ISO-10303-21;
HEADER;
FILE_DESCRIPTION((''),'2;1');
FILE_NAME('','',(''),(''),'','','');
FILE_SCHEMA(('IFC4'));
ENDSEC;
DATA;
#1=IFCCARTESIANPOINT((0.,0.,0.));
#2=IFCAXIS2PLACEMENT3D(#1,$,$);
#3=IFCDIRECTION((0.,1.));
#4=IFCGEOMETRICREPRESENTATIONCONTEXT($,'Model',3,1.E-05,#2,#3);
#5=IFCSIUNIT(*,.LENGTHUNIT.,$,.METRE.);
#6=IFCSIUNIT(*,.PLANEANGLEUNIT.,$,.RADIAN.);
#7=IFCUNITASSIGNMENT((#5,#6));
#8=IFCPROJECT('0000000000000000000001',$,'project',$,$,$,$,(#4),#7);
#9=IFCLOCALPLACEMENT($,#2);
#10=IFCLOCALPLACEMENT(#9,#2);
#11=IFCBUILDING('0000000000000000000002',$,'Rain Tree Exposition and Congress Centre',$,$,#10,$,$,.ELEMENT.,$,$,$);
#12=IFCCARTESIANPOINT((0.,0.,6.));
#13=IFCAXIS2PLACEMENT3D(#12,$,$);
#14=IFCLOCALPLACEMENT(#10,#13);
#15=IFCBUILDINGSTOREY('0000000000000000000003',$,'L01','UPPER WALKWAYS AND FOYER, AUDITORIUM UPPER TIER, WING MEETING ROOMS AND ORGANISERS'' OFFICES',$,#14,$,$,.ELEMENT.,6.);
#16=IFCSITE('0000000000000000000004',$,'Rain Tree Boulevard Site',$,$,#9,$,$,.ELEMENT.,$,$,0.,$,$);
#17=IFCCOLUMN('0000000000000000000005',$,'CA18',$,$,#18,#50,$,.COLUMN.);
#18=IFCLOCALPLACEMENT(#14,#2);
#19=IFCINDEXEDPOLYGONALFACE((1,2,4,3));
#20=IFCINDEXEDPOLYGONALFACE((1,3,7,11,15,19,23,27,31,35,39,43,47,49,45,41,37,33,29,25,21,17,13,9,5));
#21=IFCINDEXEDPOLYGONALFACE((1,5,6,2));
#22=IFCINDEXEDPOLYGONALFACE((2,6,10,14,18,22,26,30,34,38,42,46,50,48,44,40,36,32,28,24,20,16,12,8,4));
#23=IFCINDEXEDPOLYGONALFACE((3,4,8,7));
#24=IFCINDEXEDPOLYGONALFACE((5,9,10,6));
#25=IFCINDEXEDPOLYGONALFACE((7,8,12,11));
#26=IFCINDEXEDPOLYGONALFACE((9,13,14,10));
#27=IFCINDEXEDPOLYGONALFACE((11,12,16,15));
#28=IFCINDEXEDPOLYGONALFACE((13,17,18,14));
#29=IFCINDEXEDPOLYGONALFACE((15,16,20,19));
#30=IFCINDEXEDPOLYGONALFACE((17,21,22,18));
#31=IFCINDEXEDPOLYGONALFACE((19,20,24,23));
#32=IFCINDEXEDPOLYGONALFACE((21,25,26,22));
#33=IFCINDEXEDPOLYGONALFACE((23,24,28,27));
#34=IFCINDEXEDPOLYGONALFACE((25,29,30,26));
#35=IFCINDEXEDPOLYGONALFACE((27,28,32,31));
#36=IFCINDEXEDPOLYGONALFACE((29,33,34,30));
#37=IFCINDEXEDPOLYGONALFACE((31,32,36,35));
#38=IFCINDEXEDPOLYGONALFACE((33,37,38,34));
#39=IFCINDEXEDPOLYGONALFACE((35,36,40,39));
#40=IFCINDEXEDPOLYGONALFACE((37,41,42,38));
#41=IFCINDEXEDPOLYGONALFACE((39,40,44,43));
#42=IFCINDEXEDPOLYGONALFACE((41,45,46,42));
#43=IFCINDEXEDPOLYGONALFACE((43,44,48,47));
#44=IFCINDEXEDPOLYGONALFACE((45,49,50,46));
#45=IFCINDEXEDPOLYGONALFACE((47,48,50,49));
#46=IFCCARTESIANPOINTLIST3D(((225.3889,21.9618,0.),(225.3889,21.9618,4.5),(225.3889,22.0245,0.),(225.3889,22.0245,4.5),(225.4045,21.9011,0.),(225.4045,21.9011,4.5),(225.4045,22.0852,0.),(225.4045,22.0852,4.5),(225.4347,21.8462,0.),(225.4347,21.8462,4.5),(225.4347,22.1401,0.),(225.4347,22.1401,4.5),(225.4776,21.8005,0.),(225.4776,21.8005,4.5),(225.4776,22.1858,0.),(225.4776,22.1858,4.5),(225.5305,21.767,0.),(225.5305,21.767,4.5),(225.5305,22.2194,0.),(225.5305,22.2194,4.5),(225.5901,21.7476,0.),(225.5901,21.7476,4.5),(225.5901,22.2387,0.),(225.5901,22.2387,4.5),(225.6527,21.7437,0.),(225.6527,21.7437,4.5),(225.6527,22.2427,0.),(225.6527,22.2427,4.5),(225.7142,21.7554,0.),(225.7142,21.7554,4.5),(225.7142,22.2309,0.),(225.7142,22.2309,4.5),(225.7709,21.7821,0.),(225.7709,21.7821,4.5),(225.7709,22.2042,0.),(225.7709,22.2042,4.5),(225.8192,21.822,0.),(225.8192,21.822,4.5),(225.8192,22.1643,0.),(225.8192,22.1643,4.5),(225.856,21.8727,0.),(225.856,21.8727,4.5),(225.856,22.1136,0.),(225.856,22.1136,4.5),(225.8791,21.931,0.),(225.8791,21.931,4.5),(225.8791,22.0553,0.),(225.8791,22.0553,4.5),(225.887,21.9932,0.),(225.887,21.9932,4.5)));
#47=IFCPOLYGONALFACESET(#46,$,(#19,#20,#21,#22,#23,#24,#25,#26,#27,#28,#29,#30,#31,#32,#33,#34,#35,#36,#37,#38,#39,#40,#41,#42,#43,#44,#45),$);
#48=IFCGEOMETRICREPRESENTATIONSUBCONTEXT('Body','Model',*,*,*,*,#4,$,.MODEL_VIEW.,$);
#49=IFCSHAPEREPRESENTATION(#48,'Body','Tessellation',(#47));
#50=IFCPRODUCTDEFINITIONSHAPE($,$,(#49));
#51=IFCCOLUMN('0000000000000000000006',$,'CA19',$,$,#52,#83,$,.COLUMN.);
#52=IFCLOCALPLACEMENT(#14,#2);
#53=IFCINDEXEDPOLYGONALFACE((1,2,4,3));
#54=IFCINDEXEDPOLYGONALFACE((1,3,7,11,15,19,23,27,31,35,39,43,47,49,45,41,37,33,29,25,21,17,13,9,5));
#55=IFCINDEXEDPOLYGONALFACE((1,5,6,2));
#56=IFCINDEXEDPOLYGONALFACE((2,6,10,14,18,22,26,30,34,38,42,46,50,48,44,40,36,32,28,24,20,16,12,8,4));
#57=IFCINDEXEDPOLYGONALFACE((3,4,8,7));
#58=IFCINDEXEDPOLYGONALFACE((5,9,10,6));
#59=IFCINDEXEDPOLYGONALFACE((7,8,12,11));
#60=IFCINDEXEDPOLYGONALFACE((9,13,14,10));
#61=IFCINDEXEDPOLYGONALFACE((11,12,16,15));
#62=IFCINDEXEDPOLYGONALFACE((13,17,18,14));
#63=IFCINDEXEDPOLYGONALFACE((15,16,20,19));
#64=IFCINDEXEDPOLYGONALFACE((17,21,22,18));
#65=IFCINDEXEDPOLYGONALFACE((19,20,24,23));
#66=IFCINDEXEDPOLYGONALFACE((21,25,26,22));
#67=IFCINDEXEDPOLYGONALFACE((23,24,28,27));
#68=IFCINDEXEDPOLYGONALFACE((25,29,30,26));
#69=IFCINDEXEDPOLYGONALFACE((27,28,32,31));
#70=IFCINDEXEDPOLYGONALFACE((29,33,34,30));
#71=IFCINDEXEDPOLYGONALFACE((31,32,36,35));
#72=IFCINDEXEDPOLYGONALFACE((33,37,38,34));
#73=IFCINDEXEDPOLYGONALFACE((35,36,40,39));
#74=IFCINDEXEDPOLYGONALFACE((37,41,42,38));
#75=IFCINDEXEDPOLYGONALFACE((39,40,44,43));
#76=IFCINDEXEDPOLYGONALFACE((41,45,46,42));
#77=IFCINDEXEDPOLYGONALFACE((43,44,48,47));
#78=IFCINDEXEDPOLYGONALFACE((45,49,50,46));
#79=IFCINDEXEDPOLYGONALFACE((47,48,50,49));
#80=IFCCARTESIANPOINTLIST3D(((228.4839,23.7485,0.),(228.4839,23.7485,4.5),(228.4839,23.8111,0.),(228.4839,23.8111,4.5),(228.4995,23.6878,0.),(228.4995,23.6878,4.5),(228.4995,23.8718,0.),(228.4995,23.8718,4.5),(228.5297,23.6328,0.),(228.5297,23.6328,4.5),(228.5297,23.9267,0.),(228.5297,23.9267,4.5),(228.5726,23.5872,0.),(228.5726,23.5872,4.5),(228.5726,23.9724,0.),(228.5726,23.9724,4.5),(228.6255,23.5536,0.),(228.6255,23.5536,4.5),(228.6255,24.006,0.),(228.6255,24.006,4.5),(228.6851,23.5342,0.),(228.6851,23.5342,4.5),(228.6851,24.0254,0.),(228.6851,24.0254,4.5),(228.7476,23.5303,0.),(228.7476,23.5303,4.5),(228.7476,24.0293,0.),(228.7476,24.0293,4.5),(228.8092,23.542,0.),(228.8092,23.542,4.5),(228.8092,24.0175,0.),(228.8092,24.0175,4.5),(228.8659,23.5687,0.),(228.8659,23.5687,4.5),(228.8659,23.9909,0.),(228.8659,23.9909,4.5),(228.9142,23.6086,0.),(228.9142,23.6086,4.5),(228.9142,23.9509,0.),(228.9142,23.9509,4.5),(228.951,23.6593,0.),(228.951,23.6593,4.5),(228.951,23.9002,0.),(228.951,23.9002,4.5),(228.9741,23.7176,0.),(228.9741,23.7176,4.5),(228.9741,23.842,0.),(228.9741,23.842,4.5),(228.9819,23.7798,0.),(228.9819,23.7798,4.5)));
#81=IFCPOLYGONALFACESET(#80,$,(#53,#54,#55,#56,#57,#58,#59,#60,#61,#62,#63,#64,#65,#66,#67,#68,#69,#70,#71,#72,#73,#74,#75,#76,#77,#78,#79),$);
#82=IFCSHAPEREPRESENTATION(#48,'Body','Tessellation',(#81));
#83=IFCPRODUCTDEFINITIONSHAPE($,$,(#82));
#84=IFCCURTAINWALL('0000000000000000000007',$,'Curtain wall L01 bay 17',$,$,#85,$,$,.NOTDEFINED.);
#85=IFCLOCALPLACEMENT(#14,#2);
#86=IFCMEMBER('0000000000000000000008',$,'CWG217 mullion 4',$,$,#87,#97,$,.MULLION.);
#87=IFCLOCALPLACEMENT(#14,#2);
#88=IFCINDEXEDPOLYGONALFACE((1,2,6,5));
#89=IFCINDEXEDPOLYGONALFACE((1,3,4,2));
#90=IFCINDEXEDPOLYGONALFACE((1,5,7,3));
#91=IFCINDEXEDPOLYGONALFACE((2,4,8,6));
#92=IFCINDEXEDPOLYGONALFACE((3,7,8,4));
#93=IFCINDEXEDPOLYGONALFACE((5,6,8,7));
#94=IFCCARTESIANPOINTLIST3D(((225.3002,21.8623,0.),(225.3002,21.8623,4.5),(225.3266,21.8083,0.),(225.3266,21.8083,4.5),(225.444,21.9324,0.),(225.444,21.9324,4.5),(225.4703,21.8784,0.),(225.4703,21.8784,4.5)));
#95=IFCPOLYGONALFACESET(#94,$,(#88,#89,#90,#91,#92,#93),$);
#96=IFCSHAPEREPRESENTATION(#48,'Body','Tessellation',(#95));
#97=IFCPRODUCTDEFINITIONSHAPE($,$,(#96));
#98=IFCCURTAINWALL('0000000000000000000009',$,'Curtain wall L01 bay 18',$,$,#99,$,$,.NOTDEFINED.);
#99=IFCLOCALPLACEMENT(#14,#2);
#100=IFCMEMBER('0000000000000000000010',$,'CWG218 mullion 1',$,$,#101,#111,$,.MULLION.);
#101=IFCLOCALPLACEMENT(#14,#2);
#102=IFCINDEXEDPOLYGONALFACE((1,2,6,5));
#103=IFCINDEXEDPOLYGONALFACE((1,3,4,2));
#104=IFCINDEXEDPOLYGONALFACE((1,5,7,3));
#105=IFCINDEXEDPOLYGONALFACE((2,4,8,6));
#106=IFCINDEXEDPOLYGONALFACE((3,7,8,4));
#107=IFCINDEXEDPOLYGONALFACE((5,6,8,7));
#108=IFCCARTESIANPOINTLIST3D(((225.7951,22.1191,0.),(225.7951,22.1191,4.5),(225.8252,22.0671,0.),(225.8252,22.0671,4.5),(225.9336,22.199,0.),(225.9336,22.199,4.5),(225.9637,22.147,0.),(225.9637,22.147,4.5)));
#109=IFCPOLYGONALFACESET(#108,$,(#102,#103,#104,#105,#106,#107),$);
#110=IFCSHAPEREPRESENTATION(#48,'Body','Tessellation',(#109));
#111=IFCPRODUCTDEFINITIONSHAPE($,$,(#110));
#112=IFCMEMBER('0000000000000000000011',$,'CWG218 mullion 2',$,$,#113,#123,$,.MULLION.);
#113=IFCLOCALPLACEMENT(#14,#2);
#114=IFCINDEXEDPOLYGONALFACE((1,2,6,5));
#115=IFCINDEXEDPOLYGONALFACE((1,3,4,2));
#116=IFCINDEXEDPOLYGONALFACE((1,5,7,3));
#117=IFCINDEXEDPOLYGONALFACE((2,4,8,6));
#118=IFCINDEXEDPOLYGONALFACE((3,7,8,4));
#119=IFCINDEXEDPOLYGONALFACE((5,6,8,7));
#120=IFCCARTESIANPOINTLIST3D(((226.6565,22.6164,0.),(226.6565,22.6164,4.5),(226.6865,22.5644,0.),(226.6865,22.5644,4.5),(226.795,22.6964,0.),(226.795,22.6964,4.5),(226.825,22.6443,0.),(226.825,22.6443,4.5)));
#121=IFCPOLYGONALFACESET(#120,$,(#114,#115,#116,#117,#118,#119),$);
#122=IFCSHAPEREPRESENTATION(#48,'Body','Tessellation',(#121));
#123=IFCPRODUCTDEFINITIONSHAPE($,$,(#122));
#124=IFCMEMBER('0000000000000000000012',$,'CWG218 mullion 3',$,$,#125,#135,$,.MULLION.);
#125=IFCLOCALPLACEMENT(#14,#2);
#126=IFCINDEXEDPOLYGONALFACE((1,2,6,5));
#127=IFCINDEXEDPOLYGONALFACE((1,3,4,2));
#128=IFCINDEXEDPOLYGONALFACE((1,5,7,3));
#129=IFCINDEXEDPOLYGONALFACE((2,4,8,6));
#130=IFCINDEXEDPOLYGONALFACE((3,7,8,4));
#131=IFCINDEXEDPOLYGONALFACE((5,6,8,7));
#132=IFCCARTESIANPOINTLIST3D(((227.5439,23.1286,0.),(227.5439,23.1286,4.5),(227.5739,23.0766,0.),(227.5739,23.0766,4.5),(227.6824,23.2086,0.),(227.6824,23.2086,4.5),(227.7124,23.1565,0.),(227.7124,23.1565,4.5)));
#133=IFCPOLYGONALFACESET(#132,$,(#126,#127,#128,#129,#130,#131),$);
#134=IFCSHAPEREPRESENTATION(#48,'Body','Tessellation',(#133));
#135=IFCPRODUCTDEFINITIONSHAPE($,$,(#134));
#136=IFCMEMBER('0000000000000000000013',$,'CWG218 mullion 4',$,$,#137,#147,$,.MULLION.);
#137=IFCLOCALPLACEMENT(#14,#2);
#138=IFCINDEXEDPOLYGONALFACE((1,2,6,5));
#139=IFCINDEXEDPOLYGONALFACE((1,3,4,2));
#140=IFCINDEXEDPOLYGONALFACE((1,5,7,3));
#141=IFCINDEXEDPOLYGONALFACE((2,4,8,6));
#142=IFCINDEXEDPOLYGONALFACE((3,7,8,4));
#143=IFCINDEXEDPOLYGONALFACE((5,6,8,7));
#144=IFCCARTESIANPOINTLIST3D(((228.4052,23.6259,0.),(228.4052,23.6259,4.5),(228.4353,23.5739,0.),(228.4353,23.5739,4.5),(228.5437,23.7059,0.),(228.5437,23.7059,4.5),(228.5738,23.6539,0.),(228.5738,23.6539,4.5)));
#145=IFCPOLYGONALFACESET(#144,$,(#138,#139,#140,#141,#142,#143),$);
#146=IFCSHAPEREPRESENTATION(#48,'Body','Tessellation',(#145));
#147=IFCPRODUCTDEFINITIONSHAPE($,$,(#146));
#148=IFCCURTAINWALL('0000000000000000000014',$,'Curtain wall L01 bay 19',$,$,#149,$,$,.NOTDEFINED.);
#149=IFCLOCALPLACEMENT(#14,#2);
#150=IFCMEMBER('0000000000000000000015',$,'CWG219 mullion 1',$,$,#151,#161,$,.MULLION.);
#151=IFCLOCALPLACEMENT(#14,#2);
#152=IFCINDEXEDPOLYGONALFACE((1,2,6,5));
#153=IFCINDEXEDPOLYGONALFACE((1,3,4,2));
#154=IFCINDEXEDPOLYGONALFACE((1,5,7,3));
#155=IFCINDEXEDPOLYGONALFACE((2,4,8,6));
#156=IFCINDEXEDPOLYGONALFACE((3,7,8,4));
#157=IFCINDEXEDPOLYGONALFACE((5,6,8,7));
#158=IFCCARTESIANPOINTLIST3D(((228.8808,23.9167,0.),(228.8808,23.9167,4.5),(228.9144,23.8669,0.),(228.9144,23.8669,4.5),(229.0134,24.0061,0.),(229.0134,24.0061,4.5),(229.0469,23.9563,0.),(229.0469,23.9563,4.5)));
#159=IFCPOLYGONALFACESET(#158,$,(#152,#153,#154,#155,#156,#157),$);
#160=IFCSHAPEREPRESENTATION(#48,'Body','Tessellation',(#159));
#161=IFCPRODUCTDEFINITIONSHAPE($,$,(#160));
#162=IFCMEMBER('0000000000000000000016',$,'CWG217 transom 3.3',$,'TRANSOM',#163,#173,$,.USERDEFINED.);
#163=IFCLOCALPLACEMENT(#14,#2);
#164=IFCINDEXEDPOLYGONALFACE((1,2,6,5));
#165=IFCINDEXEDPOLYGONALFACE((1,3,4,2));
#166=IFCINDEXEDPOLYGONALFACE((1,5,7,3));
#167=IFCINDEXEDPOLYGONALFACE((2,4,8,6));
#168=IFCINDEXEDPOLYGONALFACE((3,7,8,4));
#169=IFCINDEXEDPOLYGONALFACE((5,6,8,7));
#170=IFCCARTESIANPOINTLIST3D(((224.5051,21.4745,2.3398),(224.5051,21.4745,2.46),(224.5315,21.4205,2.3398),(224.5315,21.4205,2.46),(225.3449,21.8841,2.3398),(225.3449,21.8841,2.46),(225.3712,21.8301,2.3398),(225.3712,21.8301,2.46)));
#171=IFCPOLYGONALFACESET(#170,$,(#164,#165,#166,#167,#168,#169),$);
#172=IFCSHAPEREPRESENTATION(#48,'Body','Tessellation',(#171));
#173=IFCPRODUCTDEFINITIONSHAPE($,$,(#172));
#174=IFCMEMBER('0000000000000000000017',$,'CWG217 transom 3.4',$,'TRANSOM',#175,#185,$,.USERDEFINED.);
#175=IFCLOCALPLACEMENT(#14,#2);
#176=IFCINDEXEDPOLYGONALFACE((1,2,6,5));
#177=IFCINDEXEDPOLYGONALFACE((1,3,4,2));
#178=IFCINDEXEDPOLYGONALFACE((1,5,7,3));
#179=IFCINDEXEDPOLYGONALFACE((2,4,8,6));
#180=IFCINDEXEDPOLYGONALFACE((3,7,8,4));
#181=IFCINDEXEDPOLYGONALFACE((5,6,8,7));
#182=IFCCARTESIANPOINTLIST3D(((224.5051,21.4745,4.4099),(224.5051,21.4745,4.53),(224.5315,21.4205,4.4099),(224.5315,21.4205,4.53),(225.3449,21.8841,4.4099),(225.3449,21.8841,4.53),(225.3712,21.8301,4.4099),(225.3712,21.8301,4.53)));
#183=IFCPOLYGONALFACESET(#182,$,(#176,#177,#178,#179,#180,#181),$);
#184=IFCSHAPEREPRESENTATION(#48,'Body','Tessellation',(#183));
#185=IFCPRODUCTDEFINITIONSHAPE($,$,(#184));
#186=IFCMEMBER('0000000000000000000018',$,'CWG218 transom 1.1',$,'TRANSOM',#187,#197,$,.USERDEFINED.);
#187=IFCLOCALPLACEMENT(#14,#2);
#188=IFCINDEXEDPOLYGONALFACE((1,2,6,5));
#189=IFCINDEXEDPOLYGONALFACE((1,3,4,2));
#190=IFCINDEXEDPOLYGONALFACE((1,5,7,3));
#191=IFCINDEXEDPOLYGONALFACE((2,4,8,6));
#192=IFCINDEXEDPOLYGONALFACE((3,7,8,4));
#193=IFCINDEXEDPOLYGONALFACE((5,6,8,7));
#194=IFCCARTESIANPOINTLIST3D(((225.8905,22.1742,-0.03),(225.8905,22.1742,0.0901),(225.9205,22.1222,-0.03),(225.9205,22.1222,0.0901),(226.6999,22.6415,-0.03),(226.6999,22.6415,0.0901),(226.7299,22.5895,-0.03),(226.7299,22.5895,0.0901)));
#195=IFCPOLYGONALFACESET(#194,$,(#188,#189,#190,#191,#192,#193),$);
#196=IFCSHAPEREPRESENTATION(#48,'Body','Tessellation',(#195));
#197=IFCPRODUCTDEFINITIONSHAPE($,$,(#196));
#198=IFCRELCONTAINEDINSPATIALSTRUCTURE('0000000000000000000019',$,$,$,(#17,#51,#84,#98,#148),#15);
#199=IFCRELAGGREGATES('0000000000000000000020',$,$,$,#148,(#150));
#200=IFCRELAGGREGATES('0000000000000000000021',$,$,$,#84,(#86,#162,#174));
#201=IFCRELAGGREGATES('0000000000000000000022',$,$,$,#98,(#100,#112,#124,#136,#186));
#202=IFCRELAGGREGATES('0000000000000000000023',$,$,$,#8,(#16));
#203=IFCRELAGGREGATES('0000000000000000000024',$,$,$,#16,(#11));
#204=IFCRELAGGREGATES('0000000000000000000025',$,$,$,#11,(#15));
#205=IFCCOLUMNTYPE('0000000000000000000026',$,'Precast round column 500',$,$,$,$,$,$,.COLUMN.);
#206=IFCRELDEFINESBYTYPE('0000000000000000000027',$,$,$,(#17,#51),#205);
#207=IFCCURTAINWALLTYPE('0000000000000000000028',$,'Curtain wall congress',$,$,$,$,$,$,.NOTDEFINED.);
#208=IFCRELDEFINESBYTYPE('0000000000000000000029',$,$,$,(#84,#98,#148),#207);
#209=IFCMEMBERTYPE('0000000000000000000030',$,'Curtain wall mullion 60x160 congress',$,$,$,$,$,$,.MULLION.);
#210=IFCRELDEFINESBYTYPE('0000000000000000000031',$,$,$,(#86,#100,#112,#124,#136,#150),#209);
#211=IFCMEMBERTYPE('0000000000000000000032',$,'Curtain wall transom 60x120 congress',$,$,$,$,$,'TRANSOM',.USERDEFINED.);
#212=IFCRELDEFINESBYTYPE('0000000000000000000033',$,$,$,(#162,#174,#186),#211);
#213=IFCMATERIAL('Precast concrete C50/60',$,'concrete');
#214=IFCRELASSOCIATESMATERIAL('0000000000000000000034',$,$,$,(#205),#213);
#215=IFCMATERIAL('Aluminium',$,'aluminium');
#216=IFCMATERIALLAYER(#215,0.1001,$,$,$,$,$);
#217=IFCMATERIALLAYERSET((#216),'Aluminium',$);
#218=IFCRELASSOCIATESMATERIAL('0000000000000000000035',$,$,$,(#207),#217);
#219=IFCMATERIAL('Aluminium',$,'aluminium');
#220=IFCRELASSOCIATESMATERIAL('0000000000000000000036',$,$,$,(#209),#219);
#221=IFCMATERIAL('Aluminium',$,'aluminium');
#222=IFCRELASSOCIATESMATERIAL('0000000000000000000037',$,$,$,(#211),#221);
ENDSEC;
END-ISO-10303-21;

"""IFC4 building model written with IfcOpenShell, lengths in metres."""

from ifc_helpers import new_model, si_unit, direction, frame, origin, origin_2d, place, context, subcontext, project, spatial, rectangle, circle, extrude, material, layer, layer_set, material_profile, profile_set, type_object, element, aggregate, save


model = new_model("IFC4")

# Units and contexts
model_context = context("Model", 3, precision=1e-05, world=origin(), true_north=direction((0.0, 1.0)))
body_context = subcontext(model_context, "Body", "Model", "MODEL_VIEW")
ifc_project = project(units=[si_unit("LENGTHUNIT", "METRE"), si_unit("PLANEANGLEUNIT", "RADIAN")], contexts=[model_context])

# Site, building, storey
site_placement = place(None, origin())
site = spatial("IfcSite", under=ifc_project, at=site_placement, Name="Rain Tree Boulevard Site", CompositionType="ELEMENT", RefElevation=0.0)
building_placement = place(site_placement, origin())
building = spatial("IfcBuilding", under=site, at=building_placement, Name="Rain Tree Exposition and Congress Centre", CompositionType="ELEMENT")
storey_placement = place(building_placement, frame((0.0, 0.0, 6.0)))
storey = spatial("IfcBuildingStorey", under=building, at=storey_placement, Name="L01", Description="UPPER WALKWAYS AND FOYER, AUDITORIUM UPPER TIER, WING MEETING ROOMS AND ORGANISERS' OFFICES", CompositionType="ELEMENT", Elevation=6.0)

# Columns
ifc_material_1 = material(Name="Precast concrete C50/60", Category="concrete")
ifc_material_profile_1 = material_profile(ifc_material_1, circle(Radius=0.25, at=origin_2d()), Name="RC D500")
ifc_profile_set_1 = profile_set([ifc_material_profile_1], Name="Precast concrete C50/60")
column_type = type_object("IfcColumnType", Name="Precast round column 500", PredefinedType="COLUMN", material=ifc_profile_set_1)
for number, where, z_axis, x_axis, name in (
    (1, (225.637, 21.9932, 0.0), (0.0, 0.0, 1.0), (1.0, 0.0, 0.0), "CA18"),
    (2, (228.7319, 23.7798, 0.0), (0.0, 0.0, 1.0), (1.0, 0.0, 0.0), "CA19"),
):
    element("IfcColumn", number, at=place(storey_placement, frame(where, z_axis=z_axis, x_axis=x_axis)), inside=storey, type_object=column_type, Name=name, PredefinedType="COLUMN", context=body_context, shape_type="SweptSolid", body=[
        extrude(circle(Radius=0.25, at=origin_2d()), origin(), (0.0, 0.0, 1.0), 4.5),
    ])

# Curtain wall, member
ifc_material_2 = material(Name="Aluminium", Category="aluminium")
ifc_layer_1 = layer(ifc_material_2, 0.1001)
ifc_layer_set_1 = layer_set([ifc_layer_1], Name="Aluminium")
curtain_wall_type = type_object("IfcCurtainWallType", Name="Curtain wall congress", PredefinedType="NOTDEFINED", material=ifc_layer_set_1)
curtain_wall_1_placement = place(storey_placement, origin())
curtain_wall_1 = element("IfcCurtainWall", 3, at=curtain_wall_1_placement, inside=storey, type_object=curtain_wall_type, Name="Curtain wall L01 bay 17", PredefinedType="NOTDEFINED")
ifc_material_3 = material(Name="Aluminium", Category="aluminium")
ifc_material_profile_2 = material_profile(ifc_material_3, rectangle(XDim=0.0601, YDim=0.1599, at=origin_2d()), Name="AL 60x160")
ifc_profile_set_2 = profile_set([ifc_material_profile_2], Name="Aluminium")
member_type_1 = type_object("IfcMemberType", Name="Curtain wall mullion 60x160 congress", PredefinedType="MULLION", material=ifc_profile_set_2)
member_1_placement = place(storey_placement, frame((225.3853, 21.8704, 0.0), z_axis=(0.0, 0.0, 1.0), x_axis=(-0.438369, 0.898795, 0.0)))
member_1 = element("IfcMember", 4, at=member_1_placement, type_object=member_type_1, Name="CWG217 mullion 4", PredefinedType="MULLION", context=body_context, shape_type="SweptSolid", body=[
    extrude(rectangle(XDim=0.0601, YDim=0.1599, at=origin_2d()), origin(), (0.0, 0.0, 1.0), 4.5),
])

# Curtain wall, members
curtain_wall_2_placement = place(storey_placement, origin())
curtain_wall_2 = element("IfcCurtainWall", 5, at=curtain_wall_2_placement, inside=storey, type_object=curtain_wall_type, Name="Curtain wall L01 bay 18", PredefinedType="NOTDEFINED")
member_2_placement = place(storey_placement, frame((225.8794, 22.1331, 0.0), z_axis=(0.0, 0.0, 1.0), x_axis=(-0.499988, 0.866032, 0.0)))
member_2 = element("IfcMember", 6, at=member_2_placement, type_object=member_type_1, Name="CWG218 mullion 1", PredefinedType="MULLION", context=body_context, shape_type="SweptSolid", body=[
    extrude(rectangle(XDim=0.0601, YDim=0.1599, at=origin_2d()), origin(), (0.0, 0.0, 1.0), 4.5),
])
member_3_placement = place(storey_placement, frame((226.7407, 22.6304, 0.0), z_axis=(0.0, 0.0, 1.0), x_axis=(-0.499988, 0.866032, 0.0)))
member_3 = element("IfcMember", 7, at=member_3_placement, type_object=member_type_1, Name="CWG218 mullion 2", PredefinedType="MULLION", context=body_context, shape_type="SweptSolid", body=[
    extrude(rectangle(XDim=0.0601, YDim=0.1599, at=origin_2d()), origin(), (0.0, 0.0, 1.0), 4.5),
])
member_4_placement = place(storey_placement, frame((227.6282, 23.1426, 0.0), z_axis=(0.0, 0.0, 1.0), x_axis=(-0.499988, 0.866032, 0.0)))
member_4 = element("IfcMember", 8, at=member_4_placement, type_object=member_type_1, Name="CWG218 mullion 3", PredefinedType="MULLION", context=body_context, shape_type="SweptSolid", body=[
    extrude(rectangle(XDim=0.0601, YDim=0.1599, at=origin_2d()), origin(), (0.0, 0.0, 1.0), 4.5),
])
member_5_placement = place(storey_placement, frame((228.4895, 23.6399, 0.0), z_axis=(0.0, 0.0, 1.0), x_axis=(-0.499988, 0.866032, 0.0)))
member_5 = element("IfcMember", 9, at=member_5_placement, type_object=member_type_1, Name="CWG218 mullion 4", PredefinedType="MULLION", context=body_context, shape_type="SweptSolid", body=[
    extrude(rectangle(XDim=0.0601, YDim=0.1599, at=origin_2d()), origin(), (0.0, 0.0, 1.0), 4.5),
])

# Curtain wall, member
curtain_wall_3_placement = place(storey_placement, origin())
curtain_wall_3 = element("IfcCurtainWall", 10, at=curtain_wall_3_placement, inside=storey, type_object=curtain_wall_type, Name="Curtain wall L01 bay 19", PredefinedType="NOTDEFINED")
member_6_placement = place(storey_placement, frame((228.9639, 23.9365, 0.0), z_axis=(0.0, 0.0, 1.0), x_axis=(-0.559197, 0.829035, 0.0)))
member_6 = element("IfcMember", 11, at=member_6_placement, type_object=member_type_1, Name="CWG219 mullion 1", PredefinedType="MULLION", context=body_context, shape_type="SweptSolid", body=[
    extrude(rectangle(XDim=0.0601, YDim=0.1599, at=origin_2d()), origin(), (0.0, 0.0, 1.0), 4.5),
])

# Members
ifc_material_4 = material(Name="Aluminium", Category="aluminium")
ifc_material_profile_3 = material_profile(ifc_material_4, rectangle(XDim=0.0601, YDim=0.1201, at=origin_2d()), Name="AL 60x120")
ifc_profile_set_3 = profile_set([ifc_material_profile_3], Name="Aluminium")
member_type_2 = type_object("IfcMemberType", Name="Curtain wall transom 60x120 congress", ElementType="TRANSOM", PredefinedType="USERDEFINED", material=ifc_profile_set_3)
member_7_placement = place(storey_placement, frame((224.5183, 21.4475, 2.3999), z_axis=(0.898773, 0.438413, 0.0), x_axis=(-0.438413, 0.898773, 0.0)))
member_7 = element("IfcMember", 12, at=member_7_placement, type_object=member_type_2, Name="CWG217 transom 3.3", ObjectType="TRANSOM", PredefinedType="USERDEFINED", context=body_context, shape_type="SweptSolid", body=[
    extrude(rectangle(XDim=0.0601, YDim=0.1201, at=origin_2d()), origin(), (0.0, 0.0, 1.0), 0.9343),
])
member_8_placement = place(storey_placement, frame((224.5183, 21.4475, 4.47), z_axis=(0.898773, 0.438413, 0.0), x_axis=(-0.438413, 0.898773, 0.0)))
member_8 = element("IfcMember", 13, at=member_8_placement, type_object=member_type_2, Name="CWG217 transom 3.4", ObjectType="TRANSOM", PredefinedType="USERDEFINED", context=body_context, shape_type="SweptSolid", body=[
    extrude(rectangle(XDim=0.0601, YDim=0.1201, at=origin_2d()), origin(), (0.0, 0.0, 1.0), 0.9343),
])
member_9_placement = place(storey_placement, frame((225.9055, 22.1482, 0.03), z_axis=(0.866016, 0.500016, 0.0), x_axis=(-0.500016, 0.866016, 0.0)))
member_9 = element("IfcMember", 14, at=member_9_placement, type_object=member_type_2, Name="CWG218 transom 1.1", ObjectType="TRANSOM", PredefinedType="USERDEFINED", context=body_context, shape_type="SweptSolid", body=[
    extrude(rectangle(XDim=0.0601, YDim=0.1201, at=origin_2d()), origin(), (0.0, 0.0, 1.0), 0.9346),
])
aggregate(curtain_wall_3, [member_6])

aggregate(curtain_wall_1, [member_1, member_7, member_8])
aggregate(curtain_wall_2, [member_2, member_3, member_4, member_5, member_9])

save(model, "model.ifc")
